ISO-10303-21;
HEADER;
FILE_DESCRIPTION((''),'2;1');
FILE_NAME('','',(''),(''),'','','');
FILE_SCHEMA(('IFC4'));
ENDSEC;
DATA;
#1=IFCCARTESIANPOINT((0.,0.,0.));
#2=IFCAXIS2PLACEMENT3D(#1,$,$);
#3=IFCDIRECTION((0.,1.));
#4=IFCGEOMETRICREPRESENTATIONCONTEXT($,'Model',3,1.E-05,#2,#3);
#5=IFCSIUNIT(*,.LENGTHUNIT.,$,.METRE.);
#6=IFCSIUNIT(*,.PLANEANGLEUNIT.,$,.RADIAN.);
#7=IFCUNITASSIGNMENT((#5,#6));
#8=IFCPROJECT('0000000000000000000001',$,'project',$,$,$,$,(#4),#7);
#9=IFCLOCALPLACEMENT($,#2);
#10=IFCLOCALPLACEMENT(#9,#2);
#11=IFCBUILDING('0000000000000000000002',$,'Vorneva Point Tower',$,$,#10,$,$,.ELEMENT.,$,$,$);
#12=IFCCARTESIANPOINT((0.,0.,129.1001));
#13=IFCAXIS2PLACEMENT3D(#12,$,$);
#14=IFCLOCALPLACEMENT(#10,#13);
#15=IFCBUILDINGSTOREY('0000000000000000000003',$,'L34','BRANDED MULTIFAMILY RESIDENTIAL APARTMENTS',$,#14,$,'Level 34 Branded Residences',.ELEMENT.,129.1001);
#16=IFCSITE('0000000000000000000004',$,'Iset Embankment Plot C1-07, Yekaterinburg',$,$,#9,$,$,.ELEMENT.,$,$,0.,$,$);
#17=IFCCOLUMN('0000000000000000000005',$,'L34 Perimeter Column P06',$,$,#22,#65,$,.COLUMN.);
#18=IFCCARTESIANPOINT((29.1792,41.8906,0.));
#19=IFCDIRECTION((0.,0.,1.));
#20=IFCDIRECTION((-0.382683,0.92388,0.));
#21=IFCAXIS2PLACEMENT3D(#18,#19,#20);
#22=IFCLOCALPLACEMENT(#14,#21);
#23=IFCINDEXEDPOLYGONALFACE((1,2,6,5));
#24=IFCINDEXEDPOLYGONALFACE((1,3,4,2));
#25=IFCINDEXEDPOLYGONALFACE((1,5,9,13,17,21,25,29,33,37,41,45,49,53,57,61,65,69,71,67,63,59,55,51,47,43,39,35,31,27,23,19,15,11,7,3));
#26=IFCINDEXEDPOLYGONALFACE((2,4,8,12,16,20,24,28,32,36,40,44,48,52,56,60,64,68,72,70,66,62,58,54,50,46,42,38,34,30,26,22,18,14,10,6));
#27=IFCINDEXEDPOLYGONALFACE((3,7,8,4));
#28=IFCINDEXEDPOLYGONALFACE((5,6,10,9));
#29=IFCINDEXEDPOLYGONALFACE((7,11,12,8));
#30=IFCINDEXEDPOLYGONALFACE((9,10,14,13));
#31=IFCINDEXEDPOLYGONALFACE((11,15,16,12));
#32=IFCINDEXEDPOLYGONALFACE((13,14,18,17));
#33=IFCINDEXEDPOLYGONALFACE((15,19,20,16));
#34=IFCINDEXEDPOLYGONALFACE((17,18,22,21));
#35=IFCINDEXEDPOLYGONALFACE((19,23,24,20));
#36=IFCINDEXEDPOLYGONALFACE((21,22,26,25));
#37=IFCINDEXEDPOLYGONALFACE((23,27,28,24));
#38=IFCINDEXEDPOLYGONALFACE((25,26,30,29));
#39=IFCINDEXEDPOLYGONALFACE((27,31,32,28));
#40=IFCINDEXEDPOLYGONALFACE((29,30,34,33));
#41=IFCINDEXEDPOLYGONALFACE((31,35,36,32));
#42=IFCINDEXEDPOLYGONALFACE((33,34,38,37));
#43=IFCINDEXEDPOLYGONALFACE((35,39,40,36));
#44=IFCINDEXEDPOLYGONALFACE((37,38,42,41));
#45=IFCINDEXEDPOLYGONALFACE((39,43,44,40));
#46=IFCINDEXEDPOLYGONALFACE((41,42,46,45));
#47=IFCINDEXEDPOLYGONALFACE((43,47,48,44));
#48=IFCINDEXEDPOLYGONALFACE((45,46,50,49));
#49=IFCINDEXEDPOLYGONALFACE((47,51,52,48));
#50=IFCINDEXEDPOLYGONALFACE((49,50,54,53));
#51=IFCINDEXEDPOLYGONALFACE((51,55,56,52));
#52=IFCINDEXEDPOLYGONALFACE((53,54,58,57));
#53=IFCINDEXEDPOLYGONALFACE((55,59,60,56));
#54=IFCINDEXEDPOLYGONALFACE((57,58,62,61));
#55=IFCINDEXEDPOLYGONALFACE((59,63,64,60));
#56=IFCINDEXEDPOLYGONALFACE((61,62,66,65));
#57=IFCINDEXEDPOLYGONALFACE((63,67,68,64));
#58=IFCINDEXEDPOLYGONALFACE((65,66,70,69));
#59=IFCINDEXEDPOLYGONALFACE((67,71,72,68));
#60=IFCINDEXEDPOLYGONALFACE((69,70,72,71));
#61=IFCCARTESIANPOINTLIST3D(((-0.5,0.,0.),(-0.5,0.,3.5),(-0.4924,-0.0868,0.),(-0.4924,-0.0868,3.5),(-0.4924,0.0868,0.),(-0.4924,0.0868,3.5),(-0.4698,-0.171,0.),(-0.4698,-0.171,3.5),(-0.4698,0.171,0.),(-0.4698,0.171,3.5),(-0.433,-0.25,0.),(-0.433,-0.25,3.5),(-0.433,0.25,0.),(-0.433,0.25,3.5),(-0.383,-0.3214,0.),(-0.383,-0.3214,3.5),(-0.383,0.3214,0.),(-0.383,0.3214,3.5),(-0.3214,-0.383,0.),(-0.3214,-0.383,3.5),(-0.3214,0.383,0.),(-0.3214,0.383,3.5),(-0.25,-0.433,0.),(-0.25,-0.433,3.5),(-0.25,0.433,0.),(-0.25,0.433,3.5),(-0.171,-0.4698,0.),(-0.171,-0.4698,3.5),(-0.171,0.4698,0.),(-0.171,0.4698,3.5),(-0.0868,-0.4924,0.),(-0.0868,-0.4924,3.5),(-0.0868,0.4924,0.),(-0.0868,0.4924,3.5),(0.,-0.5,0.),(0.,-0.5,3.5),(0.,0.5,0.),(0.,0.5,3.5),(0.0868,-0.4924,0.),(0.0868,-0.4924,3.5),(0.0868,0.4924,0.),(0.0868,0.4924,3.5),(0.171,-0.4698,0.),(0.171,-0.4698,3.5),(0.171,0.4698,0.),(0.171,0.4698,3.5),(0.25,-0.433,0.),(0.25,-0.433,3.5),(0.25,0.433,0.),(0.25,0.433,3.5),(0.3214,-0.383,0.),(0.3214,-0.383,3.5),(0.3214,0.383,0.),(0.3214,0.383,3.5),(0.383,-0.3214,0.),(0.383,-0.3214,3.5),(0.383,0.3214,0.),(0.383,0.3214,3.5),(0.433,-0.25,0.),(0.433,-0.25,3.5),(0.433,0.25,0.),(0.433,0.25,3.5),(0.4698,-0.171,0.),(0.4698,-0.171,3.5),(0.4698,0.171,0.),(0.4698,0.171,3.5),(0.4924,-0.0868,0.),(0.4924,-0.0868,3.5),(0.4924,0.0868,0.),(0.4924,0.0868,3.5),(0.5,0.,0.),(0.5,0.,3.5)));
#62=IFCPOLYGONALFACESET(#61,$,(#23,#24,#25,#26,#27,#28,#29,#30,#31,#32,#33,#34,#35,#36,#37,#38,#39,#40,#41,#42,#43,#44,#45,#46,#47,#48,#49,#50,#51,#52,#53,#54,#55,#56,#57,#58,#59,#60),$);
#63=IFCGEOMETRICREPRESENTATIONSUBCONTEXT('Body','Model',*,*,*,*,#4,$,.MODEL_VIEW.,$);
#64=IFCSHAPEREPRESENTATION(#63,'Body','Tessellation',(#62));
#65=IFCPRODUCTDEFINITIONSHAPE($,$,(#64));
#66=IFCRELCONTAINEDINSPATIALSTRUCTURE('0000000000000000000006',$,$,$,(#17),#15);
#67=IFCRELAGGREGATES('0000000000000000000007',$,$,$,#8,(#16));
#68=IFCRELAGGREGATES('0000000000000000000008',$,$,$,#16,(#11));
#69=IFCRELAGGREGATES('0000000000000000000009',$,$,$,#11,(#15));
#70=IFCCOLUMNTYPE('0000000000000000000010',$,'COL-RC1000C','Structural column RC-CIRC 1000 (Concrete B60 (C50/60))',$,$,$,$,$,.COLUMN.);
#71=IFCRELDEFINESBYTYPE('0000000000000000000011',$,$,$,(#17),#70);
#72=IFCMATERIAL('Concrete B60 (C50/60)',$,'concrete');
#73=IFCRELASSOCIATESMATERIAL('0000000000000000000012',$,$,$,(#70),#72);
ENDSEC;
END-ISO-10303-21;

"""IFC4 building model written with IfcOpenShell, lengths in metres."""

from ifc_helpers import new_model, si_unit, direction, frame, origin, origin_2d, place, context, subcontext, project, spatial, circle, extrude, material, material_profile, profile_set, type_object, element, save


model = new_model("IFC4")

# Units and contexts
model_context = context("Model", 3, precision=1e-05, world=origin(), true_north=direction((0.0, 1.0)))
body_context = subcontext(model_context, "Body", "Model", "MODEL_VIEW")
ifc_project = project(units=[si_unit("LENGTHUNIT", "METRE"), si_unit("PLANEANGLEUNIT", "RADIAN")], contexts=[model_context])

# Site, building, storey
site_placement = place(None, origin())
site = spatial("IfcSite", under=ifc_project, at=site_placement, Name="Iset Embankment Plot C1-07, Yekaterinburg", CompositionType="ELEMENT", RefElevation=0.0)
building_placement = place(site_placement, origin())
building = spatial("IfcBuilding", under=site, at=building_placement, Name="Vorneva Point Tower", CompositionType="ELEMENT")
storey_placement = place(building_placement, frame((0.0, 0.0, 129.1001)))
storey = spatial("IfcBuildingStorey", under=building, at=storey_placement, Name="L34", Description="BRANDED MULTIFAMILY RESIDENTIAL APARTMENTS", LongName="Level 34 Branded Residences", CompositionType="ELEMENT", Elevation=129.1001)

# Column
ifc_material_1 = material(Name="Concrete B60 (C50/60)", Category="concrete")
ifc_material_profile_1 = material_profile(ifc_material_1, circle(Radius=0.5, at=origin_2d()), Name="RC-CIRC 1000")
ifc_profile_set_1 = profile_set([ifc_material_profile_1], Name="Concrete B60 (C50/60)")
column_type = type_object("IfcColumnType", Name="COL-RC1000C", Description="Structural column RC-CIRC 1000 (Concrete B60 (C50/60))", PredefinedType="COLUMN", material=ifc_profile_set_1)
column_placement = place(storey_placement, frame((29.1792, 41.8906, 0.0), z_axis=(0.0, 0.0, 1.0), x_axis=(-0.382683, 0.92388, 0.0)))
element("IfcColumn", 1, at=column_placement, inside=storey, type_object=column_type, Name="L34 Perimeter Column P06", PredefinedType="COLUMN", context=body_context, shape_type="SweptSolid", body=[
    extrude(circle(Radius=0.5, at=origin_2d()), origin(), (0.0, 0.0, 1.0), 3.5),
])

save(model, "model.ifc")
